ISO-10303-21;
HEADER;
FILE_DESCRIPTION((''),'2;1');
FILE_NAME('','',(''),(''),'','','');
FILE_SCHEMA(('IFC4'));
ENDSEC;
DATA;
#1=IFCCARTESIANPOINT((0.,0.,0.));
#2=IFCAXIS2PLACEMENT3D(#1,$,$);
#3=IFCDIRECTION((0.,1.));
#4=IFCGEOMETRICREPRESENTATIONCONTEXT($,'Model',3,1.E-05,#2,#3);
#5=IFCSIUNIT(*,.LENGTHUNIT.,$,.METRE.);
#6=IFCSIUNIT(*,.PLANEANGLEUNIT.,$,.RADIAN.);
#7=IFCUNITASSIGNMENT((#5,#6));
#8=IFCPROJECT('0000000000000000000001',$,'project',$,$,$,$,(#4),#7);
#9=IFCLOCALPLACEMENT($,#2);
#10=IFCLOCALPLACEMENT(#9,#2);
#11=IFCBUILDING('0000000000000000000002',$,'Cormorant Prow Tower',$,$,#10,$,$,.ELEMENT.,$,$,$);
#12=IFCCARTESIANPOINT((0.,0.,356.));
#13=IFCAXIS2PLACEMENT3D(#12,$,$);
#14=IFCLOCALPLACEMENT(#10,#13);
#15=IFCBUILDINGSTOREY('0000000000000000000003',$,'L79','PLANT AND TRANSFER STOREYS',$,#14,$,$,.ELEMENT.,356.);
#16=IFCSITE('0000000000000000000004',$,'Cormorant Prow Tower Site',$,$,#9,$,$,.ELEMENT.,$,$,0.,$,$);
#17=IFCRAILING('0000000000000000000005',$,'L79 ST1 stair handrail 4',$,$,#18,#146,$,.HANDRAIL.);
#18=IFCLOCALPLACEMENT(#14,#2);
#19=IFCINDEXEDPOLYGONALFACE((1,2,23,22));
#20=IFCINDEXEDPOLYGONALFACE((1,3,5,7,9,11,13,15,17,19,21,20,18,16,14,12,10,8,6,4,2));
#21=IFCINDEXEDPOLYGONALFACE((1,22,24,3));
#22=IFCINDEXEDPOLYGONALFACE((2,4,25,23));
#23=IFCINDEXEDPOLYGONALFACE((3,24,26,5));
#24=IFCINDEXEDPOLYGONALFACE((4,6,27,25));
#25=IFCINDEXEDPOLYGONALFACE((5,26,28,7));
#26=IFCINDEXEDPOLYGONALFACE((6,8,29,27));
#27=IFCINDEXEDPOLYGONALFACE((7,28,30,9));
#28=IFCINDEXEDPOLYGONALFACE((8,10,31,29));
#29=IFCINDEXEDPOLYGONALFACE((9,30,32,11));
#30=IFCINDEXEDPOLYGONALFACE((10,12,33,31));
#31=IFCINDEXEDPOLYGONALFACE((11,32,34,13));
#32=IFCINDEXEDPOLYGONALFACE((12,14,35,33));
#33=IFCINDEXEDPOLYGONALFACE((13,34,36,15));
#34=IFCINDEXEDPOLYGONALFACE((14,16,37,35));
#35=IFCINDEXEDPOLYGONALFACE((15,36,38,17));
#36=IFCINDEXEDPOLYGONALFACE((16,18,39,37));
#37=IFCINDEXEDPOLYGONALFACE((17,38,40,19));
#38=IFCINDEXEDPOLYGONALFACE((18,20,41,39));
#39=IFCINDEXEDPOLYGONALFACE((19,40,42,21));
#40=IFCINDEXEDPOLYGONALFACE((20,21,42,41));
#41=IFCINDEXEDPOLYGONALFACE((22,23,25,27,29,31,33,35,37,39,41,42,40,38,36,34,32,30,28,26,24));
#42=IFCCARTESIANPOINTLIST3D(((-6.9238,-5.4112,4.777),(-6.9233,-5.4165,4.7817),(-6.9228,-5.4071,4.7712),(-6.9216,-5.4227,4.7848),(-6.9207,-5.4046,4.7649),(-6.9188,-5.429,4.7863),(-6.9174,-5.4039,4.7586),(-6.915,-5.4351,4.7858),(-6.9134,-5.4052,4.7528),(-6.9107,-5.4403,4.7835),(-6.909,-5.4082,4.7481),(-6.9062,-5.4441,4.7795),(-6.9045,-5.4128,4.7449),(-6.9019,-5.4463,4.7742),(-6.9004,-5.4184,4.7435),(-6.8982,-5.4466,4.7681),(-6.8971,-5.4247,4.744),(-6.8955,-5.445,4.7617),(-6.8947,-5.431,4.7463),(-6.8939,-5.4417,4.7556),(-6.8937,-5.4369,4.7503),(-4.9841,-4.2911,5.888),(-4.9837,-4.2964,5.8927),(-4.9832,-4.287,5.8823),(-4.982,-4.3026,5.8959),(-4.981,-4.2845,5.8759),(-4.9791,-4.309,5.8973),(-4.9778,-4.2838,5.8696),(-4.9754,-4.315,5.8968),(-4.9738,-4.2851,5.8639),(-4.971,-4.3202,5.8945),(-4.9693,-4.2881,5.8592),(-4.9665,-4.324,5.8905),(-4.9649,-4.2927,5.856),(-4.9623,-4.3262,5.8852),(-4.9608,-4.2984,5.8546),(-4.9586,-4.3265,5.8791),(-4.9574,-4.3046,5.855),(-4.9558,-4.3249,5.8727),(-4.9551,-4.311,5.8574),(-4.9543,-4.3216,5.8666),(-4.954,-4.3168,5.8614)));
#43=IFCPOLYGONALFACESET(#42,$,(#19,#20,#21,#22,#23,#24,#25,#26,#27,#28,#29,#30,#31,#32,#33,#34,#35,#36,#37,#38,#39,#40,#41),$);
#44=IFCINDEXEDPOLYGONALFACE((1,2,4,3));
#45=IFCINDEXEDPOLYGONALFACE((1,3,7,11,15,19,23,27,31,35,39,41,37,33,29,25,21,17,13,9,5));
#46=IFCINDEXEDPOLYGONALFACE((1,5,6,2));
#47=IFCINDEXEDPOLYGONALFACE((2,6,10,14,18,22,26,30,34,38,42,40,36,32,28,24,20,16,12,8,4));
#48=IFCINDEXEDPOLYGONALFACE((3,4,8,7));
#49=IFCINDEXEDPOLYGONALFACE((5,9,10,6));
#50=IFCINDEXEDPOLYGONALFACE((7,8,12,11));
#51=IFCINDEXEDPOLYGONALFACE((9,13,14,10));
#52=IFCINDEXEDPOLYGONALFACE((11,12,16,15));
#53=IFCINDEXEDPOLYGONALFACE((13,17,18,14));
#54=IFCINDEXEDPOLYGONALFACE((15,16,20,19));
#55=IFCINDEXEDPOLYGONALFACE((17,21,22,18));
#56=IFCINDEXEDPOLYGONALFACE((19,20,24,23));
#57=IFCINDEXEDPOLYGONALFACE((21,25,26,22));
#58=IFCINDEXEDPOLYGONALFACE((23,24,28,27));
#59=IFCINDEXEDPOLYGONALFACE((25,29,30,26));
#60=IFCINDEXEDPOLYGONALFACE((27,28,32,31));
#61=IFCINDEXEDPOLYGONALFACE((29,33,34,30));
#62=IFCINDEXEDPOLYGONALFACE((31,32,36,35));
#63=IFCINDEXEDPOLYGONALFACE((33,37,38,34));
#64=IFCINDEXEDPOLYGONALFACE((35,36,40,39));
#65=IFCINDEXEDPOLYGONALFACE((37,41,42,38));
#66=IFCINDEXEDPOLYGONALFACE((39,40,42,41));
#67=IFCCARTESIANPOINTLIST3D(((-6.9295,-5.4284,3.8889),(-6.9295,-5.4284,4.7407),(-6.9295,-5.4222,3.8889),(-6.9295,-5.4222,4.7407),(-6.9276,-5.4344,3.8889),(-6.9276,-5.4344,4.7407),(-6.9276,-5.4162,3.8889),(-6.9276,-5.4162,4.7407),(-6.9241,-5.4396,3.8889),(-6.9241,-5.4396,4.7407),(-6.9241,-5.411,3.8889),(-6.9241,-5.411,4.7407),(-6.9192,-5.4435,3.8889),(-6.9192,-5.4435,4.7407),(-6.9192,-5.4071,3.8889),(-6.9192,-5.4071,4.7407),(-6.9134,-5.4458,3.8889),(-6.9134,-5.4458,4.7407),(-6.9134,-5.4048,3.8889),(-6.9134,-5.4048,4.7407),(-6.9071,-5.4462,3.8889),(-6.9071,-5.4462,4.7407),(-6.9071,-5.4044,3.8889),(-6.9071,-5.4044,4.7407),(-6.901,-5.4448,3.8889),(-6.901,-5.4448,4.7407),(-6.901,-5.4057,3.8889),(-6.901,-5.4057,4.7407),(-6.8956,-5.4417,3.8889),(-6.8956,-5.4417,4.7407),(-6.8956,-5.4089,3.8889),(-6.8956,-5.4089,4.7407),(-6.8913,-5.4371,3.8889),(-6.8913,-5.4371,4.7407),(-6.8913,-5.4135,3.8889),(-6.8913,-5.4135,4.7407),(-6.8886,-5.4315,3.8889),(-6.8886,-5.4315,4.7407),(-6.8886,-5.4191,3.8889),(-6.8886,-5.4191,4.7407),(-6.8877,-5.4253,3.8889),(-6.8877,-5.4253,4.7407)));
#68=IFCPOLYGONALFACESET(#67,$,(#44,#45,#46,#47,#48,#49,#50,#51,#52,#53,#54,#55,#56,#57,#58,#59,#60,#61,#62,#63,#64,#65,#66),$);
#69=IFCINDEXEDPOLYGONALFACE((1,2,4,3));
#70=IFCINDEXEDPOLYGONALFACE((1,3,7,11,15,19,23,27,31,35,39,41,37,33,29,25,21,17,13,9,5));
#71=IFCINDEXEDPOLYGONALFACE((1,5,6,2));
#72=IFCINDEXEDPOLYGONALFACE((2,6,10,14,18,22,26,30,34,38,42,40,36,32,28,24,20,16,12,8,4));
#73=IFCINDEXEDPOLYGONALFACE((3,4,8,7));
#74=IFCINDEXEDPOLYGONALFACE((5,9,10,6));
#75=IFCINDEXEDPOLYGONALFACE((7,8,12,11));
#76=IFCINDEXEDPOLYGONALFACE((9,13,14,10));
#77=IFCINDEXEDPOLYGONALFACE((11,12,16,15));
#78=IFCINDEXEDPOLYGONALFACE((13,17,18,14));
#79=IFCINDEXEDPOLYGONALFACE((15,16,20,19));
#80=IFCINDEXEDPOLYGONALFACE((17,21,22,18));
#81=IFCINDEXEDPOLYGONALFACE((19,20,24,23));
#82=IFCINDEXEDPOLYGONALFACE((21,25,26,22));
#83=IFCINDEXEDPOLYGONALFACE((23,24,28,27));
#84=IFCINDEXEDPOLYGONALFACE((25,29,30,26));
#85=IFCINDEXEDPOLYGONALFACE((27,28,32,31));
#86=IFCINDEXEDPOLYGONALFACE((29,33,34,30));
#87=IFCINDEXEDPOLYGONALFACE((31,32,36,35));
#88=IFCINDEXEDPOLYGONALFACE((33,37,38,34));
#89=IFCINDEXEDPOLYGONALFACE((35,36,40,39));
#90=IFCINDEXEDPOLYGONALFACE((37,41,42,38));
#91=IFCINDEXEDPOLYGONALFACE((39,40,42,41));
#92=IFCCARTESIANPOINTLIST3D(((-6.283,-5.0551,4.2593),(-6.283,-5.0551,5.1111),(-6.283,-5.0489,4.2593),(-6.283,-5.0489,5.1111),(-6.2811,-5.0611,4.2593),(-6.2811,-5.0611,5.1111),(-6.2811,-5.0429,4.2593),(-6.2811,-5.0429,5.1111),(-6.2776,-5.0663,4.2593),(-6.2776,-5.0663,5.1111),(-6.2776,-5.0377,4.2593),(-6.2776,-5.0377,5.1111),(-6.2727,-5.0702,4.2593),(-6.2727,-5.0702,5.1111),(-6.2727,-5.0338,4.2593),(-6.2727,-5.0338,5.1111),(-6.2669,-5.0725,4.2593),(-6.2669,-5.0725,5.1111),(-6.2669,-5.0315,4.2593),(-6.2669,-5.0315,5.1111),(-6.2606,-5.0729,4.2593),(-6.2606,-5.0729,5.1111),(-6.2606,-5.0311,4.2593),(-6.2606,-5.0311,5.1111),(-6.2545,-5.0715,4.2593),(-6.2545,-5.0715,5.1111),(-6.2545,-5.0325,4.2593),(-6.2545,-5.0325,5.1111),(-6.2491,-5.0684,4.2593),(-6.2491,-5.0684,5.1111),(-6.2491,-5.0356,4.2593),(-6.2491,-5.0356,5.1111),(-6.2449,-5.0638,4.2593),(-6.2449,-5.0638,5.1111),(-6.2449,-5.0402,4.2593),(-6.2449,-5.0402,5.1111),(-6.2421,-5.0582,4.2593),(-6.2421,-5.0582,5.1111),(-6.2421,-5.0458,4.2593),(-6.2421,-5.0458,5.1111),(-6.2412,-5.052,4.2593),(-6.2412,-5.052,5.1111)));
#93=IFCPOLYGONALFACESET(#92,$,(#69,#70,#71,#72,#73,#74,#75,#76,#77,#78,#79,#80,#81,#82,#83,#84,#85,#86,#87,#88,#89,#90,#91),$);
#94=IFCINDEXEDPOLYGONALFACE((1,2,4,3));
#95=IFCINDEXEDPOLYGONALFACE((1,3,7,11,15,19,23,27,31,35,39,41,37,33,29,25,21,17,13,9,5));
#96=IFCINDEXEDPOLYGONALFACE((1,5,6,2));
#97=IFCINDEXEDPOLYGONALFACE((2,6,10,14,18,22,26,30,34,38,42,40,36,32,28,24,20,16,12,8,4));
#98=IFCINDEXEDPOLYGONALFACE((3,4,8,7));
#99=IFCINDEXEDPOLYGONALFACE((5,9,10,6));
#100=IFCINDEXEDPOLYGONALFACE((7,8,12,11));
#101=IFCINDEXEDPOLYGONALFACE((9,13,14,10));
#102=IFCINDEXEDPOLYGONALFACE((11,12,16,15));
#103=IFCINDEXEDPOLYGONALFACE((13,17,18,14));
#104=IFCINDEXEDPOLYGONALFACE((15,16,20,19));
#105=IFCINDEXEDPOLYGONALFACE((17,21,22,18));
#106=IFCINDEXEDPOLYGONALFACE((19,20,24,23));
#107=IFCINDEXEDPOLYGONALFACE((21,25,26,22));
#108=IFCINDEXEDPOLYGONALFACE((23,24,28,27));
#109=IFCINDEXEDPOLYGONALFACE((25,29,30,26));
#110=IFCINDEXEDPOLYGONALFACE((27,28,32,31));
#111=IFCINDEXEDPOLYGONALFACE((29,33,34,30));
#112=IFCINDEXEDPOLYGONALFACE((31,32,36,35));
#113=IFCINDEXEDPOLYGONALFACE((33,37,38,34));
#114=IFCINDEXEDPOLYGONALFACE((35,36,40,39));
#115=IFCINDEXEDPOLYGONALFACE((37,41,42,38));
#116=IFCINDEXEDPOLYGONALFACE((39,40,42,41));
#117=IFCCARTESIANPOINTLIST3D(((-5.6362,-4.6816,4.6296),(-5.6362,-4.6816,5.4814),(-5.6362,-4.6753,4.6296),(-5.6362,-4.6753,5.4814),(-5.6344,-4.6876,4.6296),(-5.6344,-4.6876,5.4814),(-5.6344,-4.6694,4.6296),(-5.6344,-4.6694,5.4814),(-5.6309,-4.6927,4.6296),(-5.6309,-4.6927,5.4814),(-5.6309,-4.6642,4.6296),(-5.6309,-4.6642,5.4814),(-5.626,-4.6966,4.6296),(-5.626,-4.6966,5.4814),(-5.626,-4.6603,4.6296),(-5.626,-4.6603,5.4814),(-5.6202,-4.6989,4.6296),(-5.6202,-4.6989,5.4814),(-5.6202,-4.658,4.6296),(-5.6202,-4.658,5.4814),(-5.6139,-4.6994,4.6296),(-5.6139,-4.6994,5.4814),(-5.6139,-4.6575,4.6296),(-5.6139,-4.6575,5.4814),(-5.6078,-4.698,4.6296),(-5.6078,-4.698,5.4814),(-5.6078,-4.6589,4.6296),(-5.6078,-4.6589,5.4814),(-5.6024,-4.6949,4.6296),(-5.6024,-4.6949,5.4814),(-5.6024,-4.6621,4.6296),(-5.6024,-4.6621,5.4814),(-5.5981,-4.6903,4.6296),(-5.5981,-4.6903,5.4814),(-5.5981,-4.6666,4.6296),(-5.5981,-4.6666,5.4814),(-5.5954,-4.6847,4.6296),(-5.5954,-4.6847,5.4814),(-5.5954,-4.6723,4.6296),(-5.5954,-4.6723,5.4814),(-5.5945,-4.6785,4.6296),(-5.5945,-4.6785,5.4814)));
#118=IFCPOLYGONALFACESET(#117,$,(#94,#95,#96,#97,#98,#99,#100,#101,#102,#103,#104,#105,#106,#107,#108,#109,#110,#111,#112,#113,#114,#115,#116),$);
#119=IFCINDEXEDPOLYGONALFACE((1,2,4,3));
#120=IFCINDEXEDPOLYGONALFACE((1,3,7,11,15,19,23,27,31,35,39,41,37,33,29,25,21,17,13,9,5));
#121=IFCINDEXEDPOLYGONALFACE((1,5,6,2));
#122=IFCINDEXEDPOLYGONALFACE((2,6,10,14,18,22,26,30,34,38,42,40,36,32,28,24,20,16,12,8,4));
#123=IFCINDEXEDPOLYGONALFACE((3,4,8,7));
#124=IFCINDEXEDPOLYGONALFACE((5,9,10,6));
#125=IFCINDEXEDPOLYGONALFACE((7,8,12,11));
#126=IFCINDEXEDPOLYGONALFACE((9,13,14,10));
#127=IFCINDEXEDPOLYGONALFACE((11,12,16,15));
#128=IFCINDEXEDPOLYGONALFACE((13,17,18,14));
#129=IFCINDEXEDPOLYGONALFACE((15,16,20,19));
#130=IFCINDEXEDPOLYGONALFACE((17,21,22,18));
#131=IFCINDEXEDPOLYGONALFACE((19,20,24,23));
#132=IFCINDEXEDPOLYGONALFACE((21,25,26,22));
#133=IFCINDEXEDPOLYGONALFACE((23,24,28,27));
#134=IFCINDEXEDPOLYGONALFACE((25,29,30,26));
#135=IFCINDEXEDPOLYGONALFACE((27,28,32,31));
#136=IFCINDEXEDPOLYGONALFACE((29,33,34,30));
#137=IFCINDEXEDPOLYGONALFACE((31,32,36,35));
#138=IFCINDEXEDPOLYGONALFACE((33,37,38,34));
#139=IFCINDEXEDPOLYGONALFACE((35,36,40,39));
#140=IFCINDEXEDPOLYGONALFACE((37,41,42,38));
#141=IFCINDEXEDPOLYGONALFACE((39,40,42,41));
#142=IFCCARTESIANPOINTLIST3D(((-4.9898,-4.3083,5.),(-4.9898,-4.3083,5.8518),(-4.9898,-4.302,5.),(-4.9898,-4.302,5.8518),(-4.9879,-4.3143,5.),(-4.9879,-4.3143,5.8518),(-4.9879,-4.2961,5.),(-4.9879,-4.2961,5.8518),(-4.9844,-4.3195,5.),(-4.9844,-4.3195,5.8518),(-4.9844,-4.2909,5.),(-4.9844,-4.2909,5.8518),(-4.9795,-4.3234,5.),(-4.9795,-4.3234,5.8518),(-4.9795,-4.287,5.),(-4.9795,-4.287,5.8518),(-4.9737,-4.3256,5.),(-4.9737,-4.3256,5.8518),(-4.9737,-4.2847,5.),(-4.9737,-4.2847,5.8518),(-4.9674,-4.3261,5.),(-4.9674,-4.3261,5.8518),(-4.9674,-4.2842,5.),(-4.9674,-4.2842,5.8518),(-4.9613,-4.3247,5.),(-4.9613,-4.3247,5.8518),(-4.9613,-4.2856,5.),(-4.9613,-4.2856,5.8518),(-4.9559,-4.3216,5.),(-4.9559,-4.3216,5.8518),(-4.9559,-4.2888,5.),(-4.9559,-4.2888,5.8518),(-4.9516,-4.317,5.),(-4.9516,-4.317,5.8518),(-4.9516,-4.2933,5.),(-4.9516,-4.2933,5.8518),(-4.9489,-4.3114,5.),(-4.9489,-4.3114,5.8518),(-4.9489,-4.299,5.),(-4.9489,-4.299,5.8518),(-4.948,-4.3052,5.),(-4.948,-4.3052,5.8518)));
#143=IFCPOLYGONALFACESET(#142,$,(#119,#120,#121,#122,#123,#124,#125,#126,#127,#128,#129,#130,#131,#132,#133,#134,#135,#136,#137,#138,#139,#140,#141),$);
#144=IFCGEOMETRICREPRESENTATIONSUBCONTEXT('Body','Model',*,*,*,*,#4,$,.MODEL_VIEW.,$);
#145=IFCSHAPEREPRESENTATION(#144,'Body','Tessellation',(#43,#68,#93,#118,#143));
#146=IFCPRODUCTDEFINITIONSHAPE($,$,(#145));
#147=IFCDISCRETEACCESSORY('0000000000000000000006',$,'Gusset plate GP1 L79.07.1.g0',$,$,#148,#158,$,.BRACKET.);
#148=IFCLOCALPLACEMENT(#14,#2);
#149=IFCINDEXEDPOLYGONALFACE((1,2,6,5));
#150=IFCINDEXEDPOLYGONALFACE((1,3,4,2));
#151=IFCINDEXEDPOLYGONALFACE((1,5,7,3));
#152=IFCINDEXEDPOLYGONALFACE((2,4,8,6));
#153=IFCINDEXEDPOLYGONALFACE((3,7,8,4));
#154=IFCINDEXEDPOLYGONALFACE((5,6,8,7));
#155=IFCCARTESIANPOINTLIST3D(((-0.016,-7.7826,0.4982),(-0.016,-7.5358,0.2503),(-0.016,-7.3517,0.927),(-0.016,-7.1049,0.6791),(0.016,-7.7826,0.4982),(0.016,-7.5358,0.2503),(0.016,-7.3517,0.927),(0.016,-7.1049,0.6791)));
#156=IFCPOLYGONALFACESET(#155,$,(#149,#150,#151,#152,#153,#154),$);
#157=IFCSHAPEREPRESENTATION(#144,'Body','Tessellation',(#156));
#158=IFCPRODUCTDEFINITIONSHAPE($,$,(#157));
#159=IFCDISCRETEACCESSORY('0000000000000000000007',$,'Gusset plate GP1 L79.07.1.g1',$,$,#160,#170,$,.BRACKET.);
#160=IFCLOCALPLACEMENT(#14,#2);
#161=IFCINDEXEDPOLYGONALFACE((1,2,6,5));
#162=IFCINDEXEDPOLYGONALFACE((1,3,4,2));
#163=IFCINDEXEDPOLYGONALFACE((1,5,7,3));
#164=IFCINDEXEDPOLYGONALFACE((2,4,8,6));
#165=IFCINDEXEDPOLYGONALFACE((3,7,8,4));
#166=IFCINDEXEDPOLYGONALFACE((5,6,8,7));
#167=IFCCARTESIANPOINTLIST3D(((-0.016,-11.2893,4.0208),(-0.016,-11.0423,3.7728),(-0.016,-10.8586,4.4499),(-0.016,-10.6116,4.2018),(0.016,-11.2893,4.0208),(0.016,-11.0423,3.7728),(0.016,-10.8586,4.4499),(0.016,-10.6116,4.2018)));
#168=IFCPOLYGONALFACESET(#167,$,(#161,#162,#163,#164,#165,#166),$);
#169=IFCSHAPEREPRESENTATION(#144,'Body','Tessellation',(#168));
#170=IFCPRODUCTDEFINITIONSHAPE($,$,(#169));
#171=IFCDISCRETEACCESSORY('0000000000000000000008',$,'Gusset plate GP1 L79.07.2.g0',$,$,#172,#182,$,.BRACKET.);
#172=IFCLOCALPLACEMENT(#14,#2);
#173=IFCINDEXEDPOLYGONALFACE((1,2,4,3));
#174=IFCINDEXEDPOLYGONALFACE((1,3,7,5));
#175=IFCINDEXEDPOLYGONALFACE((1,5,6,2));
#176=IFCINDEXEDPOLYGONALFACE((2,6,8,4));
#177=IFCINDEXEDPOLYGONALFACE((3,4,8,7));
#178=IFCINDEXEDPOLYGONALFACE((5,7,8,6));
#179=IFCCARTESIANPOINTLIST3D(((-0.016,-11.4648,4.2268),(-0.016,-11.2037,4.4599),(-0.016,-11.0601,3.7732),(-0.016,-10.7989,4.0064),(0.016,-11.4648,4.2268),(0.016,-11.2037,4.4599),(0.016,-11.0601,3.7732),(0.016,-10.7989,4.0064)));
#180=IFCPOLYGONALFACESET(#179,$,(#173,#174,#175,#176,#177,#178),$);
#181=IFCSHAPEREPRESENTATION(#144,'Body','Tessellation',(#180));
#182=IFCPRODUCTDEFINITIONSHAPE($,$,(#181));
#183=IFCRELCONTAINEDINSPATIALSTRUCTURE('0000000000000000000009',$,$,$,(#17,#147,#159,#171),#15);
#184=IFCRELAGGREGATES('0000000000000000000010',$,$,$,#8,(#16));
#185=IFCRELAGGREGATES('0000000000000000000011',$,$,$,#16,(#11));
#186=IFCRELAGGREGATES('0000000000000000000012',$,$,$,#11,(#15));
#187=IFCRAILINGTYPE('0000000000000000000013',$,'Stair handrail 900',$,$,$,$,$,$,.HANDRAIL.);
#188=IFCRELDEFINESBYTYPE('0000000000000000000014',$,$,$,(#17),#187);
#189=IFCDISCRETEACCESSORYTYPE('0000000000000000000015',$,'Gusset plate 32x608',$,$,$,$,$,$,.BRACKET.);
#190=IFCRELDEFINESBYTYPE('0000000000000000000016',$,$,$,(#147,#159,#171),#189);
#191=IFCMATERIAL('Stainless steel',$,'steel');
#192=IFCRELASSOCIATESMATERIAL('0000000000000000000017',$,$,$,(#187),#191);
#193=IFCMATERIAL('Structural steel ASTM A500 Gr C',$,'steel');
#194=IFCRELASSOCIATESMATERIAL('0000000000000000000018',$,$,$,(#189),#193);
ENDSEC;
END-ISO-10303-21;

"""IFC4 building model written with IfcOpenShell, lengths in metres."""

from ifc_helpers import new_model, si_unit, direction, frame, origin, origin_2d, place, context, subcontext, project, spatial, rectangle, circle, extrude, material, material_profile, profile_set, type_object, element, save


model = new_model("IFC4")

# Units and contexts
model_context = context("Model", 3, precision=1e-05, world=origin(), true_north=direction((0.0, 1.0)))
body_context = subcontext(model_context, "Body", "Model", "MODEL_VIEW")
ifc_project = project(units=[si_unit("LENGTHUNIT", "METRE"), si_unit("PLANEANGLEUNIT", "RADIAN")], contexts=[model_context])

# Site, building, storey
site_placement = place(None, origin())
site = spatial("IfcSite", under=ifc_project, at=site_placement, Name="Cormorant Prow Tower Site", CompositionType="ELEMENT", RefElevation=0.0)
building_placement = place(site_placement, origin())
building = spatial("IfcBuilding", under=site, at=building_placement, Name="Cormorant Prow Tower", CompositionType="ELEMENT")
storey_placement = place(building_placement, frame((0.0, 0.0, 356.0)))
storey = spatial("IfcBuildingStorey", under=building, at=storey_placement, Name="L79", Description="PLANT AND TRANSFER STOREYS", CompositionType="ELEMENT", Elevation=356.0)

# Railing
ifc_material_1 = material(Name="Stainless steel", Category="steel")
railing_type_1 = type_object("IfcRailingType", Name="Stair handrail 900", PredefinedType="HANDRAIL", material=ifc_material_1)
for number, where, name in (
    (1, (-6.9087, -5.4253, 3.8889), "L79 ST1 stair handrail 4"),
):
    element("IfcRailing", number, at=place(storey_placement, frame(where)), inside=storey, type_object=railing_type_1, Name=name, PredefinedType="HANDRAIL", context=body_context, shape_type="SweptSolid", body=[
        extrude(circle(Radius=0.0239, at=origin_2d()), frame((0.0, 0.0, 0.876), z_axis=(0.77578, 0.44799, 0.444377), x_axis=(-0.500078, 0.86598, 0.0)), (0.0, 0.0, 1.0), 2.5002),
        extrude(circle(Radius=0.021, at=origin_2d()), origin(), (0.0, 0.0, 1.0), 0.8518),
        extrude(circle(Radius=0.021, at=origin_2d()), frame((0.6465, 0.3733, 0.3704)), (0.0, 0.0, 1.0), 0.8518),
        extrude(circle(Radius=0.021, at=origin_2d()), frame((1.2932, 0.7468, 0.7407)), (0.0, 0.0, 1.0), 0.8518),
        extrude(circle(Radius=0.021, at=origin_2d()), frame((1.9397, 1.1201, 1.1111)), (0.0, 0.0, 1.0), 0.8518),
    ])

# Discrete accessories
ifc_material_2 = material(Name="Structural steel ASTM A500 Gr C", Category="steel")
ifc_material_profile_1 = material_profile(ifc_material_2, rectangle(XDim=0.032, YDim=0.6079, at=origin_2d()), Name="Gusset plate 32x608")
ifc_profile_set_1 = profile_set([ifc_material_profile_1], Name="Structural steel ASTM A500 Gr C")
discrete_accessory_type = type_object("IfcDiscreteAccessoryType", Name="Gusset plate 32x608", PredefinedType="BRACKET", material=ifc_profile_set_1)
discrete_accessory_placement = place(storey_placement, frame((0.0, -7.5671, 0.7126), z_axis=(0.0, 0.70536, -0.708849), x_axis=(-1.0, 0.0, 0.0)))
element("IfcDiscreteAccessory", 2, at=discrete_accessory_placement, inside=storey, type_object=discrete_accessory_type, Name="Gusset plate GP1 L79.07.1.g0", PredefinedType="BRACKET", context=body_context, shape_type="SweptSolid", body=[
    extrude(rectangle(XDim=0.032, YDim=0.6079, at=origin_2d()), origin(), (0.0, 0.0, 1.0), 0.3499),
])
for number, where, z_axis, x_axis, name in (
    (3, (0.0, -10.8269, 3.9873), (0.0, -0.705711, 0.7085), (1.0, 0.0, 0.0), "Gusset plate GP1 L79.07.1.g1"),
    (4, (0.0, -11.2625, 4.0), (0.0, 0.746061, 0.665877), (-1.0, 0.0, 0.0), "Gusset plate GP1 L79.07.2.g0"),
):
    element("IfcDiscreteAccessory", number, at=place(storey_placement, frame(where, z_axis=z_axis, x_axis=x_axis)), inside=storey, type_object=discrete_accessory_type, Name=name, PredefinedType="BRACKET", context=body_context, shape_type="SweptSolid", body=[
        extrude(rectangle(XDim=0.032, YDim=0.6079, at=origin_2d()), origin(), (0.0, 0.0, 1.0), 0.3501),
    ])

save(model, "model.ifc")
